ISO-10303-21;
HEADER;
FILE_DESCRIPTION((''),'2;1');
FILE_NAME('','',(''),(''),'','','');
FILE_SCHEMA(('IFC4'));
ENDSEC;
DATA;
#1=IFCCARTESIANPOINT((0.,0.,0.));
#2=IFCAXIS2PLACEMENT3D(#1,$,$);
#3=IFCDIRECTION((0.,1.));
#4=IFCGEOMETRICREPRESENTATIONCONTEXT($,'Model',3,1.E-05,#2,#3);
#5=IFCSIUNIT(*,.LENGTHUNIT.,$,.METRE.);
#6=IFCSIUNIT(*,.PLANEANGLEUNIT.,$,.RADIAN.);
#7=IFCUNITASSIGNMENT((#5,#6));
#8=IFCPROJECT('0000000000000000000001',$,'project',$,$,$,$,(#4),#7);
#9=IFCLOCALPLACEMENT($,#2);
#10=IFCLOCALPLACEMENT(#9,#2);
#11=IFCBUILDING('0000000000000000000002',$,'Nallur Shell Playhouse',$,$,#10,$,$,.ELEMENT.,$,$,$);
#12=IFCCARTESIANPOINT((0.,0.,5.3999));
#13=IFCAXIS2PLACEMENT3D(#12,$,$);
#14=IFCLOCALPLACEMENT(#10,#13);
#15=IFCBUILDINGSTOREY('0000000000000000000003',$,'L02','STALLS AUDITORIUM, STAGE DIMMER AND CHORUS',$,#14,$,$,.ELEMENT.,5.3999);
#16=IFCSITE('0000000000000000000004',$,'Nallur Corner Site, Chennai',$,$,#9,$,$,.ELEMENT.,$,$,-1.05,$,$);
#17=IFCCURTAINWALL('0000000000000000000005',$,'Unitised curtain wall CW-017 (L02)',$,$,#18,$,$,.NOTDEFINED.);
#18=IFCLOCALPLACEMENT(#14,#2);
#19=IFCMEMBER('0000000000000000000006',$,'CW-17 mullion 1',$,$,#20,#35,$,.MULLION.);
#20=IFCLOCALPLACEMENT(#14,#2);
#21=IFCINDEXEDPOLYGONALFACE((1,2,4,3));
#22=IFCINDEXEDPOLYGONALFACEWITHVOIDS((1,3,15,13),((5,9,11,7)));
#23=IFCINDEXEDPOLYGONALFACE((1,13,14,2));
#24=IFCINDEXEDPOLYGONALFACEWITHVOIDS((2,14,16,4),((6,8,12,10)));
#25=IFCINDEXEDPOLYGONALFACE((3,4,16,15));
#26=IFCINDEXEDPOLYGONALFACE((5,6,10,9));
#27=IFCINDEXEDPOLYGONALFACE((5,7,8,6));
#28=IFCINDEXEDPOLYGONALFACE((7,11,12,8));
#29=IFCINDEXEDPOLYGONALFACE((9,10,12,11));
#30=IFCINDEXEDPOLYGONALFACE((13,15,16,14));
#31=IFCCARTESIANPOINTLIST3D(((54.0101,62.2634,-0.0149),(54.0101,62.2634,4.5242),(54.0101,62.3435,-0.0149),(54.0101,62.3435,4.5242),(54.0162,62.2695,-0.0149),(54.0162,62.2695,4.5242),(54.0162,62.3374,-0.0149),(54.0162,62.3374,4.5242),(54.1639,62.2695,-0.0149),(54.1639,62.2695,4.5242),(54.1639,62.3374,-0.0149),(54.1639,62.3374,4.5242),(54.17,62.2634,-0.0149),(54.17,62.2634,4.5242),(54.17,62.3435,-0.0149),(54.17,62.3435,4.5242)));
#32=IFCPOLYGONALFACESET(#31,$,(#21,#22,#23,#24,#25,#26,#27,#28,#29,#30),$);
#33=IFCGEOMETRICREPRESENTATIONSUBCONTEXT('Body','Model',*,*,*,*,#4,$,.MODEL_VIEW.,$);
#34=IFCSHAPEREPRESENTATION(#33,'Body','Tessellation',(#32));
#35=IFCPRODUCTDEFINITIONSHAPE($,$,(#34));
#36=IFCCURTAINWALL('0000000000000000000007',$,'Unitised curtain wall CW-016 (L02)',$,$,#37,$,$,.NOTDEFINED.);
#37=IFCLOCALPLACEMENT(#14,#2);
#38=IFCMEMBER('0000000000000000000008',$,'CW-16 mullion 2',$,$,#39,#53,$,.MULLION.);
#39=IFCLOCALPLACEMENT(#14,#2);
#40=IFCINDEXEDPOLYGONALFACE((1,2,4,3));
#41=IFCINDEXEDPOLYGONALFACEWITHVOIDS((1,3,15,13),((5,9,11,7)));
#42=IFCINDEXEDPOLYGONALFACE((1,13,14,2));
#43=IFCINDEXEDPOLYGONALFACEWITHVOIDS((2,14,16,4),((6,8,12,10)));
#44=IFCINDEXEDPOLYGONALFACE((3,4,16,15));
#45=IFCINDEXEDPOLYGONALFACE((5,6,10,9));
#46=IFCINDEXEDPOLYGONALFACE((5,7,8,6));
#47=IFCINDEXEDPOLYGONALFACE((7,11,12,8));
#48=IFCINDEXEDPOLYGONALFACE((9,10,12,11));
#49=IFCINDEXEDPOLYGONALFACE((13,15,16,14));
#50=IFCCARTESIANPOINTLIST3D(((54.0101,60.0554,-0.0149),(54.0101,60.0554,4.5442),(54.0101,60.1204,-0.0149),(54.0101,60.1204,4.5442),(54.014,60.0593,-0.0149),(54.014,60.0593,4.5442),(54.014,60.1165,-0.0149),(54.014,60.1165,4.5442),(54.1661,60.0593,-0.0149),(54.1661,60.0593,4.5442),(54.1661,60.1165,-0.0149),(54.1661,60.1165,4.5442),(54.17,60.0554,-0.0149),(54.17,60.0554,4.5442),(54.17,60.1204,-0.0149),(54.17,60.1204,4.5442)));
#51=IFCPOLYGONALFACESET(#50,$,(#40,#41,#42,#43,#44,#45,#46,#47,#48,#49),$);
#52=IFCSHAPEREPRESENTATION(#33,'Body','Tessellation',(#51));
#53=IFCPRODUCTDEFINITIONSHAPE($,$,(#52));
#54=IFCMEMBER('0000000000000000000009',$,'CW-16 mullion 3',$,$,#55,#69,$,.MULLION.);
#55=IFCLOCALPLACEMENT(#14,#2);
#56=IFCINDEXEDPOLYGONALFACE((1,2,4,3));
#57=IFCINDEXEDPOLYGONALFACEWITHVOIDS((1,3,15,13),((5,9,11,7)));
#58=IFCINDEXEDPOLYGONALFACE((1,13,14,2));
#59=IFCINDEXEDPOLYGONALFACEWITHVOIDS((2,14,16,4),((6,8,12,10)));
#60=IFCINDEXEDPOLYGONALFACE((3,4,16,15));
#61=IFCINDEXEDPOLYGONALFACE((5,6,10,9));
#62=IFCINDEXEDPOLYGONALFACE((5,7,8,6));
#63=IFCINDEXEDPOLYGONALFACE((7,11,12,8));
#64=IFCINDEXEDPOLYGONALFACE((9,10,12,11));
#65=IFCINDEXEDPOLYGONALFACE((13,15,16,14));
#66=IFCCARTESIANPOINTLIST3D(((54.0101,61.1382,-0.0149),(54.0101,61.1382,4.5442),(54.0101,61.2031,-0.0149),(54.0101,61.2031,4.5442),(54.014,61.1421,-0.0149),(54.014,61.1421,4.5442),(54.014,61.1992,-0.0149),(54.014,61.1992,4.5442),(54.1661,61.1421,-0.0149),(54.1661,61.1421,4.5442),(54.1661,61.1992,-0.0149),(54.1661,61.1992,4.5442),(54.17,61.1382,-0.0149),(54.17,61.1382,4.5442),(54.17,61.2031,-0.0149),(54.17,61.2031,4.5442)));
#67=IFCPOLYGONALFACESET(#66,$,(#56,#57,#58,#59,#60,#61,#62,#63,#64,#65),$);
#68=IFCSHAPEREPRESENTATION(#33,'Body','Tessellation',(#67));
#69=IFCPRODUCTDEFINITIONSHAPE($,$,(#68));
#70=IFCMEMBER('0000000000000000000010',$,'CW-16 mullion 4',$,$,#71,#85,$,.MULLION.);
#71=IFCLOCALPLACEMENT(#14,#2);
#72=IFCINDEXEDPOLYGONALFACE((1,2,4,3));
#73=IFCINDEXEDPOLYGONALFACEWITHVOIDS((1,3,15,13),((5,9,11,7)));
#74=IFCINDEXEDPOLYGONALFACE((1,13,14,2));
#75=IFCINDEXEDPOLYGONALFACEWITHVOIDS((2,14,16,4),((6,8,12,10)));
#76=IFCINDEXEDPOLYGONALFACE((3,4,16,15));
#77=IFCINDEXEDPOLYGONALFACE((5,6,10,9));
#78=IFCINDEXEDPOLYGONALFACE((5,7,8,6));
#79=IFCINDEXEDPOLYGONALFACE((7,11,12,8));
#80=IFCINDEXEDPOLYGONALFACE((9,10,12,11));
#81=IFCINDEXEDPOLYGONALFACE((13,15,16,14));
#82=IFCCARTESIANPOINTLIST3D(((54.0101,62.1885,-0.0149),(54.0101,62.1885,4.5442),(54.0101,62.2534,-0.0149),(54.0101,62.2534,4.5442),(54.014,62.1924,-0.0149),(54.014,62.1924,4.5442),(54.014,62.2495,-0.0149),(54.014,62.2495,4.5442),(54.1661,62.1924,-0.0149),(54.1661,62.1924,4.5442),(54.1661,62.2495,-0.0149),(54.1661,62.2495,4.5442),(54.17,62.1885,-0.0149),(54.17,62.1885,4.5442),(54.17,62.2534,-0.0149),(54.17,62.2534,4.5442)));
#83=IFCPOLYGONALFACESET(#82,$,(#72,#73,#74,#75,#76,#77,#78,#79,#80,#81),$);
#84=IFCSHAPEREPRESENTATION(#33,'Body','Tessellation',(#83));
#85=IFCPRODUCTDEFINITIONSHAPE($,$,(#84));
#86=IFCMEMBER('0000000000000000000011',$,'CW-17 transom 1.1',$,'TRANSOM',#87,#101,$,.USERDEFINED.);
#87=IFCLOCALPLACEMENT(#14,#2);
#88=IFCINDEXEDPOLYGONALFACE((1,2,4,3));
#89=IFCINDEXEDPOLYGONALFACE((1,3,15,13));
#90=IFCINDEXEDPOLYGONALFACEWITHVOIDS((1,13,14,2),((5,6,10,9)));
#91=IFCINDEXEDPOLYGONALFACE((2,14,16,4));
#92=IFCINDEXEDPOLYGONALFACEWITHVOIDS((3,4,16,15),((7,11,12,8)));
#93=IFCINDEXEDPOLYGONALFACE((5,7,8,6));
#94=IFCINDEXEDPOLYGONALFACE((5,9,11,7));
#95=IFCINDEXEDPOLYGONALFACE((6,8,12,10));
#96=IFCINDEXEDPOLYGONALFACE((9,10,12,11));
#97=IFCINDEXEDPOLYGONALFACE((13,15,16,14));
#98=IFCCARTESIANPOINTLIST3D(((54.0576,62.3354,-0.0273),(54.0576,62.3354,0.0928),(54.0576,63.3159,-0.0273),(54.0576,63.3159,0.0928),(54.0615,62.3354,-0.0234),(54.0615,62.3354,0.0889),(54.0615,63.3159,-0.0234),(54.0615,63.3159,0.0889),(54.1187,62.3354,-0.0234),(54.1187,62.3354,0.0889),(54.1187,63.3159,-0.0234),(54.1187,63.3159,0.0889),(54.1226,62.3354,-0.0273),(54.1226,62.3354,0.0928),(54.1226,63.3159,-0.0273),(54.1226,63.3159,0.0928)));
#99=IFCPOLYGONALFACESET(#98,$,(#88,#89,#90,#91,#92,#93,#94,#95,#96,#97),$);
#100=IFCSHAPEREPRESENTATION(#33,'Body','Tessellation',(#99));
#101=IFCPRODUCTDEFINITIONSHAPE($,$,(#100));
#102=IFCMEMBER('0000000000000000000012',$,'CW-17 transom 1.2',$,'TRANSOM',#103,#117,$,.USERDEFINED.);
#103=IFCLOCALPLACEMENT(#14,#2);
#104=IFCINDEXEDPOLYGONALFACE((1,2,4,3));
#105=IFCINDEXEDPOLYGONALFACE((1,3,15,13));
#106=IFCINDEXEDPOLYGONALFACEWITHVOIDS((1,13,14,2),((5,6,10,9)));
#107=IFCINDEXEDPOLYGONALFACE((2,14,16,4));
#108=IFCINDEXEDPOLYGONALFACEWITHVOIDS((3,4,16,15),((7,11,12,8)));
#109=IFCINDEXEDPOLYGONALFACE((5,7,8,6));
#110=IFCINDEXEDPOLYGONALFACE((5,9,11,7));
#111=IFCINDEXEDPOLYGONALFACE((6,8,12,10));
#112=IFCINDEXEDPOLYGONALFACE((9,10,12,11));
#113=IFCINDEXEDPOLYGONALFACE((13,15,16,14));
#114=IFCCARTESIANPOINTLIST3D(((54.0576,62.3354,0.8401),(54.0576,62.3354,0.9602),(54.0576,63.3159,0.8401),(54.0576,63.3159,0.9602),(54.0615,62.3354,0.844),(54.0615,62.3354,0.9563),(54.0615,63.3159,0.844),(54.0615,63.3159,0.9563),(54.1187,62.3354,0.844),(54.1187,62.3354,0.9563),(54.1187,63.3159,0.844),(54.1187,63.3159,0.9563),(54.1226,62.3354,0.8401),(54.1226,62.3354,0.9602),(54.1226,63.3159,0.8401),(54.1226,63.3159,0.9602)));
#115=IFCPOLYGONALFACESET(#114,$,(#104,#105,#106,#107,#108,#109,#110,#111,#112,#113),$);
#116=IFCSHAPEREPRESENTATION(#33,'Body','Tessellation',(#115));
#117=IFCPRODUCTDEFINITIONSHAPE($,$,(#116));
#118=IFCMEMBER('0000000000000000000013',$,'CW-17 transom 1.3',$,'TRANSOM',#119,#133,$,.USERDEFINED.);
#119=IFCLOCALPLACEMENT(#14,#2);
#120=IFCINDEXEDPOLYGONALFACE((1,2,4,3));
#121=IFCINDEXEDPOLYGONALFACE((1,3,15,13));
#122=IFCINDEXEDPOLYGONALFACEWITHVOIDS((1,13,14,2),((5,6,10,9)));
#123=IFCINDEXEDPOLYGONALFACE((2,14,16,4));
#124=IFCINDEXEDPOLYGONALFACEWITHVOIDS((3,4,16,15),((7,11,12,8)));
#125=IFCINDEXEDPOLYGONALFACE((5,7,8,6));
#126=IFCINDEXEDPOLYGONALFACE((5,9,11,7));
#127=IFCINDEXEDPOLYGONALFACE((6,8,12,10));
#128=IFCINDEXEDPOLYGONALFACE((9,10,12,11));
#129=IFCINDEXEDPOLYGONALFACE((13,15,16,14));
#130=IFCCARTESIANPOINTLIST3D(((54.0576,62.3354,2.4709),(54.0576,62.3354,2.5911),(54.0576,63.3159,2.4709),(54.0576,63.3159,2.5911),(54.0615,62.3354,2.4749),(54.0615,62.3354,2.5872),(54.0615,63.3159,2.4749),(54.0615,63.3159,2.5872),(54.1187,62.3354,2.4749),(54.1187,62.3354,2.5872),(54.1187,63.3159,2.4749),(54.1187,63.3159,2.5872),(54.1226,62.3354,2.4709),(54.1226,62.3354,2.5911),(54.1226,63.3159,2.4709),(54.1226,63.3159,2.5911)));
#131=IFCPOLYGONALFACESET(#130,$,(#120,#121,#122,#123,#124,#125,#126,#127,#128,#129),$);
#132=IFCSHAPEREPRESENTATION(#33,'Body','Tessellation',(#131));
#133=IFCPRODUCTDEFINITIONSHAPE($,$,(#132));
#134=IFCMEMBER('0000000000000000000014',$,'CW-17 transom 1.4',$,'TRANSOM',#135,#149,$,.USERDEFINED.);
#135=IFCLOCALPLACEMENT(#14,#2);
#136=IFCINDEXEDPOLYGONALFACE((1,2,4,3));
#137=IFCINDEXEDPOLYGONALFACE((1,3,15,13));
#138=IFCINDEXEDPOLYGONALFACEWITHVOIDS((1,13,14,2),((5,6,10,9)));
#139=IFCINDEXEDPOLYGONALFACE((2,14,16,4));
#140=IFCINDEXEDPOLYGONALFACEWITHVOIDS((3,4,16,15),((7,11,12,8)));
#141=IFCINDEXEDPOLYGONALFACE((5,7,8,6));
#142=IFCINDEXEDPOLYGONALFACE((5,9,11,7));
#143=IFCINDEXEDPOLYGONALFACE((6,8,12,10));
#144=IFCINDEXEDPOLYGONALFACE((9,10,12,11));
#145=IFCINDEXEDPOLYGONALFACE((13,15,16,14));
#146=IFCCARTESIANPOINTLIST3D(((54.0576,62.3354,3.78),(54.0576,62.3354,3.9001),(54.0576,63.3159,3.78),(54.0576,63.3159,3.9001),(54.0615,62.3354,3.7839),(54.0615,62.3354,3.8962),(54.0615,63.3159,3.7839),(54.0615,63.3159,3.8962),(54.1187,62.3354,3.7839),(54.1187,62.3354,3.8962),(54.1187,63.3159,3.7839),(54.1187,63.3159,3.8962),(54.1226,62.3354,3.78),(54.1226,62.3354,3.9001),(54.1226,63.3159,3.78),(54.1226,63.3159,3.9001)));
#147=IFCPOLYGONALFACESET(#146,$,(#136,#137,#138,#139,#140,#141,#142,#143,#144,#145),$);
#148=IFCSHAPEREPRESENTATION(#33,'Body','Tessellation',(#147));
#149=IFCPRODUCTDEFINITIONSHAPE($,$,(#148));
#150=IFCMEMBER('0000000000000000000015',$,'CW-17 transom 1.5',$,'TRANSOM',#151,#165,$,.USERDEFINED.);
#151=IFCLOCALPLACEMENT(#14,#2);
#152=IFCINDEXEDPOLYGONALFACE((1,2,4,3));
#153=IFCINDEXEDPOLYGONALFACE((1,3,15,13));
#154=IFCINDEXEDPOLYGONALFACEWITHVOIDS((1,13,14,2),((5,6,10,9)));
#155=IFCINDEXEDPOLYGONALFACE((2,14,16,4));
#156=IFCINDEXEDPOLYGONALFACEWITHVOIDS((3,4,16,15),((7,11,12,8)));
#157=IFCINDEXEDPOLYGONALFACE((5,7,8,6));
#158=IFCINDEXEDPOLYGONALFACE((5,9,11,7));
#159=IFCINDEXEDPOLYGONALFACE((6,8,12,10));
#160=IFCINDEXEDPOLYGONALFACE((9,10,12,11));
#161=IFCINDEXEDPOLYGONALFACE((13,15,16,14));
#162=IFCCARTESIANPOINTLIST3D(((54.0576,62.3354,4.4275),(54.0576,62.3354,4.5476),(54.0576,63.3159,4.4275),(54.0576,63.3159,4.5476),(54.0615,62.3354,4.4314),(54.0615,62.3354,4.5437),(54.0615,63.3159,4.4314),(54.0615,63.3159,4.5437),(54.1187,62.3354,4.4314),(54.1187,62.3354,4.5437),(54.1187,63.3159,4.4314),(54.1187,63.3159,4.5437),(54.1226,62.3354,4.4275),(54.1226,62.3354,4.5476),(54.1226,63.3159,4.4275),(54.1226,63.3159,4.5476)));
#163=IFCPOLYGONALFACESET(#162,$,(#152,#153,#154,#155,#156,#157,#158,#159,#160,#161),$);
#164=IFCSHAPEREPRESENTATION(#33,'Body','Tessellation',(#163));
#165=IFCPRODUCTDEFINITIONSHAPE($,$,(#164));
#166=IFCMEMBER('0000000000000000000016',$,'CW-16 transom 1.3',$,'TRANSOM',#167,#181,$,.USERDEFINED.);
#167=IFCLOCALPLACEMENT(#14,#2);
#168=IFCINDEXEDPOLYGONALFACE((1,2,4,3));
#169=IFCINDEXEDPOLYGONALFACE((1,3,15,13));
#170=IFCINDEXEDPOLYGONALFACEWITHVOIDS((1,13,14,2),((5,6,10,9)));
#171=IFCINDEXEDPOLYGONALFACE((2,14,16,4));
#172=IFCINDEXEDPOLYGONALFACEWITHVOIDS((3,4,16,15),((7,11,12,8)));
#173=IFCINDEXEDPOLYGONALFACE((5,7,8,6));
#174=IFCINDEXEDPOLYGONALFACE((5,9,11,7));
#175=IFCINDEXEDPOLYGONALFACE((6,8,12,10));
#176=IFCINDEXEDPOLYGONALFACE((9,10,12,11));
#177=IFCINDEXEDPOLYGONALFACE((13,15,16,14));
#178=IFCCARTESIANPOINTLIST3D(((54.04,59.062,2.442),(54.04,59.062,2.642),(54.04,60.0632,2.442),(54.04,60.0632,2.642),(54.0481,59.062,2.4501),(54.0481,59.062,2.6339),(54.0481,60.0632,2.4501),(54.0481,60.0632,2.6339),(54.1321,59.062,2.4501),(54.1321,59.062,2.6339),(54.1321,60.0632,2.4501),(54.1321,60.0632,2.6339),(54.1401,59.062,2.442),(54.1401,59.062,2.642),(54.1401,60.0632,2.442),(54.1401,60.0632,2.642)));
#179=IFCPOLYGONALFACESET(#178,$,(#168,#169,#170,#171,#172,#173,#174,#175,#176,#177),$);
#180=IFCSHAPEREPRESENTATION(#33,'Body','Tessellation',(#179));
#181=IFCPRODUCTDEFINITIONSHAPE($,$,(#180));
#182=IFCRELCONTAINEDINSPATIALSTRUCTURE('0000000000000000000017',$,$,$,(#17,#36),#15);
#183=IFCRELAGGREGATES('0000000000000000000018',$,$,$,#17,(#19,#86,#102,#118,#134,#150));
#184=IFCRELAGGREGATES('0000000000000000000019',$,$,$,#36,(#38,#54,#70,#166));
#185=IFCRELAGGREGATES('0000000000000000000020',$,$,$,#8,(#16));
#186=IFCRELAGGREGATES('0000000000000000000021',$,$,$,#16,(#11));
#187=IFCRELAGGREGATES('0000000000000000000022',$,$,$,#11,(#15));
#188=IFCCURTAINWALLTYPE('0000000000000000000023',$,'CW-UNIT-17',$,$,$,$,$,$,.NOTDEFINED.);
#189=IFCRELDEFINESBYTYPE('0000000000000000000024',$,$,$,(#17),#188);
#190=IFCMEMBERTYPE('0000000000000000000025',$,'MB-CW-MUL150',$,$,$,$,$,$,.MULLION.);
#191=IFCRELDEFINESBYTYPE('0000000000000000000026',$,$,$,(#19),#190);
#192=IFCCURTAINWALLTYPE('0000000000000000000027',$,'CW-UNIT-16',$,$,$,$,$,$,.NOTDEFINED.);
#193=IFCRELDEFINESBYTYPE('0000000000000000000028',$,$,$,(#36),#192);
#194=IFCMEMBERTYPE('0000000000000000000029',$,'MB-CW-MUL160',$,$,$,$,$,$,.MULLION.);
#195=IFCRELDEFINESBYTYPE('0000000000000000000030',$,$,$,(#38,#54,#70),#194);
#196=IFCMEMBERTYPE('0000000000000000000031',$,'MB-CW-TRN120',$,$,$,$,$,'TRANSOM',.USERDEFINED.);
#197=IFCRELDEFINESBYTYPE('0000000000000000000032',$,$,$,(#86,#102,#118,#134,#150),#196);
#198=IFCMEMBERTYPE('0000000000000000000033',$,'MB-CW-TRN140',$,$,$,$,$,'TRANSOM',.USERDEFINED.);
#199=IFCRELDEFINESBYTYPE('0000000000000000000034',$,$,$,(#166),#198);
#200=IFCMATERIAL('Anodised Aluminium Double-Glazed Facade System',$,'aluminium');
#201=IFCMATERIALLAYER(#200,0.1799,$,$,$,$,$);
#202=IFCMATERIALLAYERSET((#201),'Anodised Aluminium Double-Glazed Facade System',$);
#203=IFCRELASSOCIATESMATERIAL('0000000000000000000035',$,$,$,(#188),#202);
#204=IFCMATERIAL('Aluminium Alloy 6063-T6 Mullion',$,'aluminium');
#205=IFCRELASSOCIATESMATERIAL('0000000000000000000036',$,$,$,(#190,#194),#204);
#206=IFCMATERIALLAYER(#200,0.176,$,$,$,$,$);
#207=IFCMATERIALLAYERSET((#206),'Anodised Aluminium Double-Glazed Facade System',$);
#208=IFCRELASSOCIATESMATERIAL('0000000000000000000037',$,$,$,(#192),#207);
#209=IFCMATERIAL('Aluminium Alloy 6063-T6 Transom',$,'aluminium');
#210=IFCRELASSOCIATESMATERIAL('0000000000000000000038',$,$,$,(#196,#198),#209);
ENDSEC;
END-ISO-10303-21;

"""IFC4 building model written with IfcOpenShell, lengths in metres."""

from ifc_helpers import new_model, si_unit, direction, frame, origin, origin_2d, place, context, subcontext, project, spatial, hollow_rectangle, extrude, material, layer, layer_set, material_profile, profile_set, type_object, element, aggregate, save


model = new_model("IFC4")

# Units and contexts
model_context = context("Model", 3, precision=1e-05, world=origin(), true_north=direction((0.0, 1.0)))
body_context = subcontext(model_context, "Body", "Model", "MODEL_VIEW")
ifc_project = project(units=[si_unit("LENGTHUNIT", "METRE"), si_unit("PLANEANGLEUNIT", "RADIAN")], contexts=[model_context])

# Site, building, storey
site_placement = place(None, origin())
site = spatial("IfcSite", under=ifc_project, at=site_placement, Name="Nallur Corner Site, Chennai", CompositionType="ELEMENT", RefElevation=-1.05)
building_placement = place(site_placement, origin())
building = spatial("IfcBuilding", under=site, at=building_placement, Name="Nallur Shell Playhouse", CompositionType="ELEMENT")
storey_placement = place(building_placement, frame((0.0, 0.0, 5.3999)))
storey = spatial("IfcBuildingStorey", under=building, at=storey_placement, Name="L02", Description="STALLS AUDITORIUM, STAGE DIMMER AND CHORUS", CompositionType="ELEMENT", Elevation=5.3999)

# Curtain wall, member
ifc_material_1 = material(Name="Anodised Aluminium Double-Glazed Facade System", Category="aluminium")
ifc_layer_1 = layer(ifc_material_1, 0.1799)
ifc_layer_set_1 = layer_set([ifc_layer_1], Name="Anodised Aluminium Double-Glazed Facade System")
curtain_wall_type_1 = type_object("IfcCurtainWallType", Name="CW-UNIT-17", PredefinedType="NOTDEFINED", material=ifc_layer_set_1)
curtain_wall_1_placement = place(storey_placement, origin())
curtain_wall_1 = element("IfcCurtainWall", 1, at=curtain_wall_1_placement, inside=storey, type_object=curtain_wall_type_1, Name="Unitised curtain wall CW-017 (L02)", PredefinedType="NOTDEFINED")
ifc_material_2 = material(Name="Aluminium Alloy 6063-T6 Mullion", Category="aluminium")
ifc_material_profile_1 = material_profile(ifc_material_2, hollow_rectangle(XDim=0.0801, YDim=0.1599, WallThickness=0.0061, at=origin_2d()), Name="RHS 160x80x6")
ifc_profile_set_1 = profile_set([ifc_material_profile_1], Name="Aluminium Alloy 6063-T6 Mullion")
member_type_1 = type_object("IfcMemberType", Name="MB-CW-MUL150", PredefinedType="MULLION", material=ifc_profile_set_1)
member_1_placement = place(storey_placement, frame((54.0901, 62.3035, -0.0149), z_axis=(0.0, 0.0, 1.0), x_axis=(0.0, 1.0, 0.0)))
member_1 = element("IfcMember", 2, at=member_1_placement, type_object=member_type_1, Name="CW-17 mullion 1", PredefinedType="MULLION", context=body_context, shape_type="SweptSolid", body=[
    extrude(hollow_rectangle(XDim=0.0801, YDim=0.1599, WallThickness=0.0061, at=origin_2d()), origin(), (0.0, 0.0, 1.0), 4.5391),
])

# Curtain wall, members
ifc_layer_2 = layer(ifc_material_1, 0.176)
ifc_layer_set_2 = layer_set([ifc_layer_2], Name="Anodised Aluminium Double-Glazed Facade System")
curtain_wall_type_2 = type_object("IfcCurtainWallType", Name="CW-UNIT-16", PredefinedType="NOTDEFINED", material=ifc_layer_set_2)
curtain_wall_2_placement = place(storey_placement, origin())
curtain_wall_2 = element("IfcCurtainWall", 3, at=curtain_wall_2_placement, inside=storey, type_object=curtain_wall_type_2, Name="Unitised curtain wall CW-016 (L02)", PredefinedType="NOTDEFINED")
ifc_material_profile_2 = material_profile(ifc_material_2, hollow_rectangle(XDim=0.0649, YDim=0.1599, WallThickness=0.0039, at=origin_2d()), Name="ALU 65x160x4")
ifc_profile_set_2 = profile_set([ifc_material_profile_2], Name="Aluminium Alloy 6063-T6 Mullion")
member_type_2 = type_object("IfcMemberType", Name="MB-CW-MUL160", PredefinedType="MULLION", material=ifc_profile_set_2)
member_2_placement = place(storey_placement, frame((54.0901, 60.0879, -0.0149), z_axis=(0.0, 0.0, 1.0), x_axis=(0.0, 1.0, 0.0)))
member_2 = element("IfcMember", 4, at=member_2_placement, type_object=member_type_2, Name="CW-16 mullion 2", PredefinedType="MULLION", context=body_context, shape_type="SweptSolid", body=[
    extrude(hollow_rectangle(XDim=0.0649, YDim=0.1599, WallThickness=0.0039, at=origin_2d()), origin(), (0.0, 0.0, 1.0), 4.5591),
])
member_3_placement = place(storey_placement, frame((54.0901, 61.1707, -0.0149), z_axis=(0.0, 0.0, 1.0), x_axis=(0.0, 1.0, 0.0)))
member_3 = element("IfcMember", 5, at=member_3_placement, type_object=member_type_2, Name="CW-16 mullion 3", PredefinedType="MULLION", context=body_context, shape_type="SweptSolid", body=[
    extrude(hollow_rectangle(XDim=0.0649, YDim=0.1599, WallThickness=0.0039, at=origin_2d()), origin(), (0.0, 0.0, 1.0), 4.5591),
])
member_4_placement = place(storey_placement, frame((54.0901, 62.2209, -0.0149), z_axis=(0.0, 0.0, 1.0), x_axis=(0.0, 1.0, 0.0)))
member_4 = element("IfcMember", 6, at=member_4_placement, type_object=member_type_2, Name="CW-16 mullion 4", PredefinedType="MULLION", context=body_context, shape_type="SweptSolid", body=[
    extrude(hollow_rectangle(XDim=0.0649, YDim=0.1599, WallThickness=0.0039, at=origin_2d()), origin(), (0.0, 0.0, 1.0), 4.5591),
])

# Members
ifc_material_3 = material(Name="Aluminium Alloy 6063-T6 Transom", Category="aluminium")
ifc_material_profile_3 = material_profile(ifc_material_3, hollow_rectangle(XDim=0.0649, YDim=0.1201, WallThickness=0.0039, at=origin_2d()), Name="ALU 65x120x4")
ifc_profile_set_3 = profile_set([ifc_material_profile_3], Name="Aluminium Alloy 6063-T6 Transom")
member_type_3 = type_object("IfcMemberType", Name="MB-CW-TRN120", ElementType="TRANSOM", PredefinedType="USERDEFINED", material=ifc_profile_set_3)
member_5_placement = place(storey_placement, frame((54.0901, 62.3354, 0.0327), z_axis=(0.0, 1.0, 0.0), x_axis=(-1.0, 0.0, 0.0)))
member_5 = element("IfcMember", 7, at=member_5_placement, type_object=member_type_3, Name="CW-17 transom 1.1", ObjectType="TRANSOM", PredefinedType="USERDEFINED", context=body_context, shape_type="SweptSolid", body=[
    extrude(hollow_rectangle(XDim=0.0649, YDim=0.1201, WallThickness=0.0039, at=origin_2d()), origin(), (0.0, 0.0, 1.0), 0.9805),
])
member_6_placement = place(storey_placement, frame((54.0901, 62.3354, 0.9001), z_axis=(0.0, 1.0, 0.0), x_axis=(-1.0, 0.0, 0.0)))
member_6 = element("IfcMember", 8, at=member_6_placement, type_object=member_type_3, Name="CW-17 transom 1.2", ObjectType="TRANSOM", PredefinedType="USERDEFINED", context=body_context, shape_type="SweptSolid", body=[
    extrude(hollow_rectangle(XDim=0.0649, YDim=0.1201, WallThickness=0.0039, at=origin_2d()), origin(), (0.0, 0.0, 1.0), 0.9805),
])
member_7_placement = place(storey_placement, frame((54.0901, 62.3354, 2.531), z_axis=(0.0, 1.0, 0.0), x_axis=(-1.0, 0.0, 0.0)))
member_7 = element("IfcMember", 9, at=member_7_placement, type_object=member_type_3, Name="CW-17 transom 1.3", ObjectType="TRANSOM", PredefinedType="USERDEFINED", context=body_context, shape_type="SweptSolid", body=[
    extrude(hollow_rectangle(XDim=0.0649, YDim=0.1201, WallThickness=0.0039, at=origin_2d()), origin(), (0.0, 0.0, 1.0), 0.9805),
])
member_8_placement = place(storey_placement, frame((54.0901, 62.3354, 3.8401), z_axis=(0.0, 1.0, 0.0), x_axis=(-1.0, 0.0, 0.0)))
member_8 = element("IfcMember", 10, at=member_8_placement, type_object=member_type_3, Name="CW-17 transom 1.4", ObjectType="TRANSOM", PredefinedType="USERDEFINED", context=body_context, shape_type="SweptSolid", body=[
    extrude(hollow_rectangle(XDim=0.0649, YDim=0.1201, WallThickness=0.0039, at=origin_2d()), origin(), (0.0, 0.0, 1.0), 0.9805),
])
member_9_placement = place(storey_placement, frame((54.0901, 62.3354, 4.4875), z_axis=(0.0, 1.0, 0.0), x_axis=(-1.0, 0.0, 0.0)))
member_9 = element("IfcMember", 11, at=member_9_placement, type_object=member_type_3, Name="CW-17 transom 1.5", ObjectType="TRANSOM", PredefinedType="USERDEFINED", context=body_context, shape_type="SweptSolid", body=[
    extrude(hollow_rectangle(XDim=0.0649, YDim=0.1201, WallThickness=0.0039, at=origin_2d()), origin(), (0.0, 0.0, 1.0), 0.9805),
])
ifc_material_profile_4 = material_profile(ifc_material_3, hollow_rectangle(XDim=0.1001, YDim=0.2, WallThickness=0.0081, at=origin_2d()), Name="RHS 200x100x8")
ifc_profile_set_4 = profile_set([ifc_material_profile_4], Name="Aluminium Alloy 6063-T6 Transom")
member_type_4 = type_object("IfcMemberType", Name="MB-CW-TRN140", ElementType="TRANSOM", PredefinedType="USERDEFINED", material=ifc_profile_set_4)
member_10_placement = place(storey_placement, frame((54.0901, 59.062, 2.542), z_axis=(0.0, 1.0, 0.0), x_axis=(-1.0, 0.0, 0.0)))
member_10 = element("IfcMember", 12, at=member_10_placement, type_object=member_type_4, Name="CW-16 transom 1.3", ObjectType="TRANSOM", PredefinedType="USERDEFINED", context=body_context, shape_type="SweptSolid", body=[
    extrude(hollow_rectangle(XDim=0.1001, YDim=0.2, WallThickness=0.0081, at=origin_2d()), origin(), (0.0, 0.0, 1.0), 1.0012),
])

aggregate(curtain_wall_1, [member_1, member_5, member_6, member_7, member_8, member_9])
aggregate(curtain_wall_2, [member_2, member_3, member_4, member_10])

save(model, "model.ifc")
